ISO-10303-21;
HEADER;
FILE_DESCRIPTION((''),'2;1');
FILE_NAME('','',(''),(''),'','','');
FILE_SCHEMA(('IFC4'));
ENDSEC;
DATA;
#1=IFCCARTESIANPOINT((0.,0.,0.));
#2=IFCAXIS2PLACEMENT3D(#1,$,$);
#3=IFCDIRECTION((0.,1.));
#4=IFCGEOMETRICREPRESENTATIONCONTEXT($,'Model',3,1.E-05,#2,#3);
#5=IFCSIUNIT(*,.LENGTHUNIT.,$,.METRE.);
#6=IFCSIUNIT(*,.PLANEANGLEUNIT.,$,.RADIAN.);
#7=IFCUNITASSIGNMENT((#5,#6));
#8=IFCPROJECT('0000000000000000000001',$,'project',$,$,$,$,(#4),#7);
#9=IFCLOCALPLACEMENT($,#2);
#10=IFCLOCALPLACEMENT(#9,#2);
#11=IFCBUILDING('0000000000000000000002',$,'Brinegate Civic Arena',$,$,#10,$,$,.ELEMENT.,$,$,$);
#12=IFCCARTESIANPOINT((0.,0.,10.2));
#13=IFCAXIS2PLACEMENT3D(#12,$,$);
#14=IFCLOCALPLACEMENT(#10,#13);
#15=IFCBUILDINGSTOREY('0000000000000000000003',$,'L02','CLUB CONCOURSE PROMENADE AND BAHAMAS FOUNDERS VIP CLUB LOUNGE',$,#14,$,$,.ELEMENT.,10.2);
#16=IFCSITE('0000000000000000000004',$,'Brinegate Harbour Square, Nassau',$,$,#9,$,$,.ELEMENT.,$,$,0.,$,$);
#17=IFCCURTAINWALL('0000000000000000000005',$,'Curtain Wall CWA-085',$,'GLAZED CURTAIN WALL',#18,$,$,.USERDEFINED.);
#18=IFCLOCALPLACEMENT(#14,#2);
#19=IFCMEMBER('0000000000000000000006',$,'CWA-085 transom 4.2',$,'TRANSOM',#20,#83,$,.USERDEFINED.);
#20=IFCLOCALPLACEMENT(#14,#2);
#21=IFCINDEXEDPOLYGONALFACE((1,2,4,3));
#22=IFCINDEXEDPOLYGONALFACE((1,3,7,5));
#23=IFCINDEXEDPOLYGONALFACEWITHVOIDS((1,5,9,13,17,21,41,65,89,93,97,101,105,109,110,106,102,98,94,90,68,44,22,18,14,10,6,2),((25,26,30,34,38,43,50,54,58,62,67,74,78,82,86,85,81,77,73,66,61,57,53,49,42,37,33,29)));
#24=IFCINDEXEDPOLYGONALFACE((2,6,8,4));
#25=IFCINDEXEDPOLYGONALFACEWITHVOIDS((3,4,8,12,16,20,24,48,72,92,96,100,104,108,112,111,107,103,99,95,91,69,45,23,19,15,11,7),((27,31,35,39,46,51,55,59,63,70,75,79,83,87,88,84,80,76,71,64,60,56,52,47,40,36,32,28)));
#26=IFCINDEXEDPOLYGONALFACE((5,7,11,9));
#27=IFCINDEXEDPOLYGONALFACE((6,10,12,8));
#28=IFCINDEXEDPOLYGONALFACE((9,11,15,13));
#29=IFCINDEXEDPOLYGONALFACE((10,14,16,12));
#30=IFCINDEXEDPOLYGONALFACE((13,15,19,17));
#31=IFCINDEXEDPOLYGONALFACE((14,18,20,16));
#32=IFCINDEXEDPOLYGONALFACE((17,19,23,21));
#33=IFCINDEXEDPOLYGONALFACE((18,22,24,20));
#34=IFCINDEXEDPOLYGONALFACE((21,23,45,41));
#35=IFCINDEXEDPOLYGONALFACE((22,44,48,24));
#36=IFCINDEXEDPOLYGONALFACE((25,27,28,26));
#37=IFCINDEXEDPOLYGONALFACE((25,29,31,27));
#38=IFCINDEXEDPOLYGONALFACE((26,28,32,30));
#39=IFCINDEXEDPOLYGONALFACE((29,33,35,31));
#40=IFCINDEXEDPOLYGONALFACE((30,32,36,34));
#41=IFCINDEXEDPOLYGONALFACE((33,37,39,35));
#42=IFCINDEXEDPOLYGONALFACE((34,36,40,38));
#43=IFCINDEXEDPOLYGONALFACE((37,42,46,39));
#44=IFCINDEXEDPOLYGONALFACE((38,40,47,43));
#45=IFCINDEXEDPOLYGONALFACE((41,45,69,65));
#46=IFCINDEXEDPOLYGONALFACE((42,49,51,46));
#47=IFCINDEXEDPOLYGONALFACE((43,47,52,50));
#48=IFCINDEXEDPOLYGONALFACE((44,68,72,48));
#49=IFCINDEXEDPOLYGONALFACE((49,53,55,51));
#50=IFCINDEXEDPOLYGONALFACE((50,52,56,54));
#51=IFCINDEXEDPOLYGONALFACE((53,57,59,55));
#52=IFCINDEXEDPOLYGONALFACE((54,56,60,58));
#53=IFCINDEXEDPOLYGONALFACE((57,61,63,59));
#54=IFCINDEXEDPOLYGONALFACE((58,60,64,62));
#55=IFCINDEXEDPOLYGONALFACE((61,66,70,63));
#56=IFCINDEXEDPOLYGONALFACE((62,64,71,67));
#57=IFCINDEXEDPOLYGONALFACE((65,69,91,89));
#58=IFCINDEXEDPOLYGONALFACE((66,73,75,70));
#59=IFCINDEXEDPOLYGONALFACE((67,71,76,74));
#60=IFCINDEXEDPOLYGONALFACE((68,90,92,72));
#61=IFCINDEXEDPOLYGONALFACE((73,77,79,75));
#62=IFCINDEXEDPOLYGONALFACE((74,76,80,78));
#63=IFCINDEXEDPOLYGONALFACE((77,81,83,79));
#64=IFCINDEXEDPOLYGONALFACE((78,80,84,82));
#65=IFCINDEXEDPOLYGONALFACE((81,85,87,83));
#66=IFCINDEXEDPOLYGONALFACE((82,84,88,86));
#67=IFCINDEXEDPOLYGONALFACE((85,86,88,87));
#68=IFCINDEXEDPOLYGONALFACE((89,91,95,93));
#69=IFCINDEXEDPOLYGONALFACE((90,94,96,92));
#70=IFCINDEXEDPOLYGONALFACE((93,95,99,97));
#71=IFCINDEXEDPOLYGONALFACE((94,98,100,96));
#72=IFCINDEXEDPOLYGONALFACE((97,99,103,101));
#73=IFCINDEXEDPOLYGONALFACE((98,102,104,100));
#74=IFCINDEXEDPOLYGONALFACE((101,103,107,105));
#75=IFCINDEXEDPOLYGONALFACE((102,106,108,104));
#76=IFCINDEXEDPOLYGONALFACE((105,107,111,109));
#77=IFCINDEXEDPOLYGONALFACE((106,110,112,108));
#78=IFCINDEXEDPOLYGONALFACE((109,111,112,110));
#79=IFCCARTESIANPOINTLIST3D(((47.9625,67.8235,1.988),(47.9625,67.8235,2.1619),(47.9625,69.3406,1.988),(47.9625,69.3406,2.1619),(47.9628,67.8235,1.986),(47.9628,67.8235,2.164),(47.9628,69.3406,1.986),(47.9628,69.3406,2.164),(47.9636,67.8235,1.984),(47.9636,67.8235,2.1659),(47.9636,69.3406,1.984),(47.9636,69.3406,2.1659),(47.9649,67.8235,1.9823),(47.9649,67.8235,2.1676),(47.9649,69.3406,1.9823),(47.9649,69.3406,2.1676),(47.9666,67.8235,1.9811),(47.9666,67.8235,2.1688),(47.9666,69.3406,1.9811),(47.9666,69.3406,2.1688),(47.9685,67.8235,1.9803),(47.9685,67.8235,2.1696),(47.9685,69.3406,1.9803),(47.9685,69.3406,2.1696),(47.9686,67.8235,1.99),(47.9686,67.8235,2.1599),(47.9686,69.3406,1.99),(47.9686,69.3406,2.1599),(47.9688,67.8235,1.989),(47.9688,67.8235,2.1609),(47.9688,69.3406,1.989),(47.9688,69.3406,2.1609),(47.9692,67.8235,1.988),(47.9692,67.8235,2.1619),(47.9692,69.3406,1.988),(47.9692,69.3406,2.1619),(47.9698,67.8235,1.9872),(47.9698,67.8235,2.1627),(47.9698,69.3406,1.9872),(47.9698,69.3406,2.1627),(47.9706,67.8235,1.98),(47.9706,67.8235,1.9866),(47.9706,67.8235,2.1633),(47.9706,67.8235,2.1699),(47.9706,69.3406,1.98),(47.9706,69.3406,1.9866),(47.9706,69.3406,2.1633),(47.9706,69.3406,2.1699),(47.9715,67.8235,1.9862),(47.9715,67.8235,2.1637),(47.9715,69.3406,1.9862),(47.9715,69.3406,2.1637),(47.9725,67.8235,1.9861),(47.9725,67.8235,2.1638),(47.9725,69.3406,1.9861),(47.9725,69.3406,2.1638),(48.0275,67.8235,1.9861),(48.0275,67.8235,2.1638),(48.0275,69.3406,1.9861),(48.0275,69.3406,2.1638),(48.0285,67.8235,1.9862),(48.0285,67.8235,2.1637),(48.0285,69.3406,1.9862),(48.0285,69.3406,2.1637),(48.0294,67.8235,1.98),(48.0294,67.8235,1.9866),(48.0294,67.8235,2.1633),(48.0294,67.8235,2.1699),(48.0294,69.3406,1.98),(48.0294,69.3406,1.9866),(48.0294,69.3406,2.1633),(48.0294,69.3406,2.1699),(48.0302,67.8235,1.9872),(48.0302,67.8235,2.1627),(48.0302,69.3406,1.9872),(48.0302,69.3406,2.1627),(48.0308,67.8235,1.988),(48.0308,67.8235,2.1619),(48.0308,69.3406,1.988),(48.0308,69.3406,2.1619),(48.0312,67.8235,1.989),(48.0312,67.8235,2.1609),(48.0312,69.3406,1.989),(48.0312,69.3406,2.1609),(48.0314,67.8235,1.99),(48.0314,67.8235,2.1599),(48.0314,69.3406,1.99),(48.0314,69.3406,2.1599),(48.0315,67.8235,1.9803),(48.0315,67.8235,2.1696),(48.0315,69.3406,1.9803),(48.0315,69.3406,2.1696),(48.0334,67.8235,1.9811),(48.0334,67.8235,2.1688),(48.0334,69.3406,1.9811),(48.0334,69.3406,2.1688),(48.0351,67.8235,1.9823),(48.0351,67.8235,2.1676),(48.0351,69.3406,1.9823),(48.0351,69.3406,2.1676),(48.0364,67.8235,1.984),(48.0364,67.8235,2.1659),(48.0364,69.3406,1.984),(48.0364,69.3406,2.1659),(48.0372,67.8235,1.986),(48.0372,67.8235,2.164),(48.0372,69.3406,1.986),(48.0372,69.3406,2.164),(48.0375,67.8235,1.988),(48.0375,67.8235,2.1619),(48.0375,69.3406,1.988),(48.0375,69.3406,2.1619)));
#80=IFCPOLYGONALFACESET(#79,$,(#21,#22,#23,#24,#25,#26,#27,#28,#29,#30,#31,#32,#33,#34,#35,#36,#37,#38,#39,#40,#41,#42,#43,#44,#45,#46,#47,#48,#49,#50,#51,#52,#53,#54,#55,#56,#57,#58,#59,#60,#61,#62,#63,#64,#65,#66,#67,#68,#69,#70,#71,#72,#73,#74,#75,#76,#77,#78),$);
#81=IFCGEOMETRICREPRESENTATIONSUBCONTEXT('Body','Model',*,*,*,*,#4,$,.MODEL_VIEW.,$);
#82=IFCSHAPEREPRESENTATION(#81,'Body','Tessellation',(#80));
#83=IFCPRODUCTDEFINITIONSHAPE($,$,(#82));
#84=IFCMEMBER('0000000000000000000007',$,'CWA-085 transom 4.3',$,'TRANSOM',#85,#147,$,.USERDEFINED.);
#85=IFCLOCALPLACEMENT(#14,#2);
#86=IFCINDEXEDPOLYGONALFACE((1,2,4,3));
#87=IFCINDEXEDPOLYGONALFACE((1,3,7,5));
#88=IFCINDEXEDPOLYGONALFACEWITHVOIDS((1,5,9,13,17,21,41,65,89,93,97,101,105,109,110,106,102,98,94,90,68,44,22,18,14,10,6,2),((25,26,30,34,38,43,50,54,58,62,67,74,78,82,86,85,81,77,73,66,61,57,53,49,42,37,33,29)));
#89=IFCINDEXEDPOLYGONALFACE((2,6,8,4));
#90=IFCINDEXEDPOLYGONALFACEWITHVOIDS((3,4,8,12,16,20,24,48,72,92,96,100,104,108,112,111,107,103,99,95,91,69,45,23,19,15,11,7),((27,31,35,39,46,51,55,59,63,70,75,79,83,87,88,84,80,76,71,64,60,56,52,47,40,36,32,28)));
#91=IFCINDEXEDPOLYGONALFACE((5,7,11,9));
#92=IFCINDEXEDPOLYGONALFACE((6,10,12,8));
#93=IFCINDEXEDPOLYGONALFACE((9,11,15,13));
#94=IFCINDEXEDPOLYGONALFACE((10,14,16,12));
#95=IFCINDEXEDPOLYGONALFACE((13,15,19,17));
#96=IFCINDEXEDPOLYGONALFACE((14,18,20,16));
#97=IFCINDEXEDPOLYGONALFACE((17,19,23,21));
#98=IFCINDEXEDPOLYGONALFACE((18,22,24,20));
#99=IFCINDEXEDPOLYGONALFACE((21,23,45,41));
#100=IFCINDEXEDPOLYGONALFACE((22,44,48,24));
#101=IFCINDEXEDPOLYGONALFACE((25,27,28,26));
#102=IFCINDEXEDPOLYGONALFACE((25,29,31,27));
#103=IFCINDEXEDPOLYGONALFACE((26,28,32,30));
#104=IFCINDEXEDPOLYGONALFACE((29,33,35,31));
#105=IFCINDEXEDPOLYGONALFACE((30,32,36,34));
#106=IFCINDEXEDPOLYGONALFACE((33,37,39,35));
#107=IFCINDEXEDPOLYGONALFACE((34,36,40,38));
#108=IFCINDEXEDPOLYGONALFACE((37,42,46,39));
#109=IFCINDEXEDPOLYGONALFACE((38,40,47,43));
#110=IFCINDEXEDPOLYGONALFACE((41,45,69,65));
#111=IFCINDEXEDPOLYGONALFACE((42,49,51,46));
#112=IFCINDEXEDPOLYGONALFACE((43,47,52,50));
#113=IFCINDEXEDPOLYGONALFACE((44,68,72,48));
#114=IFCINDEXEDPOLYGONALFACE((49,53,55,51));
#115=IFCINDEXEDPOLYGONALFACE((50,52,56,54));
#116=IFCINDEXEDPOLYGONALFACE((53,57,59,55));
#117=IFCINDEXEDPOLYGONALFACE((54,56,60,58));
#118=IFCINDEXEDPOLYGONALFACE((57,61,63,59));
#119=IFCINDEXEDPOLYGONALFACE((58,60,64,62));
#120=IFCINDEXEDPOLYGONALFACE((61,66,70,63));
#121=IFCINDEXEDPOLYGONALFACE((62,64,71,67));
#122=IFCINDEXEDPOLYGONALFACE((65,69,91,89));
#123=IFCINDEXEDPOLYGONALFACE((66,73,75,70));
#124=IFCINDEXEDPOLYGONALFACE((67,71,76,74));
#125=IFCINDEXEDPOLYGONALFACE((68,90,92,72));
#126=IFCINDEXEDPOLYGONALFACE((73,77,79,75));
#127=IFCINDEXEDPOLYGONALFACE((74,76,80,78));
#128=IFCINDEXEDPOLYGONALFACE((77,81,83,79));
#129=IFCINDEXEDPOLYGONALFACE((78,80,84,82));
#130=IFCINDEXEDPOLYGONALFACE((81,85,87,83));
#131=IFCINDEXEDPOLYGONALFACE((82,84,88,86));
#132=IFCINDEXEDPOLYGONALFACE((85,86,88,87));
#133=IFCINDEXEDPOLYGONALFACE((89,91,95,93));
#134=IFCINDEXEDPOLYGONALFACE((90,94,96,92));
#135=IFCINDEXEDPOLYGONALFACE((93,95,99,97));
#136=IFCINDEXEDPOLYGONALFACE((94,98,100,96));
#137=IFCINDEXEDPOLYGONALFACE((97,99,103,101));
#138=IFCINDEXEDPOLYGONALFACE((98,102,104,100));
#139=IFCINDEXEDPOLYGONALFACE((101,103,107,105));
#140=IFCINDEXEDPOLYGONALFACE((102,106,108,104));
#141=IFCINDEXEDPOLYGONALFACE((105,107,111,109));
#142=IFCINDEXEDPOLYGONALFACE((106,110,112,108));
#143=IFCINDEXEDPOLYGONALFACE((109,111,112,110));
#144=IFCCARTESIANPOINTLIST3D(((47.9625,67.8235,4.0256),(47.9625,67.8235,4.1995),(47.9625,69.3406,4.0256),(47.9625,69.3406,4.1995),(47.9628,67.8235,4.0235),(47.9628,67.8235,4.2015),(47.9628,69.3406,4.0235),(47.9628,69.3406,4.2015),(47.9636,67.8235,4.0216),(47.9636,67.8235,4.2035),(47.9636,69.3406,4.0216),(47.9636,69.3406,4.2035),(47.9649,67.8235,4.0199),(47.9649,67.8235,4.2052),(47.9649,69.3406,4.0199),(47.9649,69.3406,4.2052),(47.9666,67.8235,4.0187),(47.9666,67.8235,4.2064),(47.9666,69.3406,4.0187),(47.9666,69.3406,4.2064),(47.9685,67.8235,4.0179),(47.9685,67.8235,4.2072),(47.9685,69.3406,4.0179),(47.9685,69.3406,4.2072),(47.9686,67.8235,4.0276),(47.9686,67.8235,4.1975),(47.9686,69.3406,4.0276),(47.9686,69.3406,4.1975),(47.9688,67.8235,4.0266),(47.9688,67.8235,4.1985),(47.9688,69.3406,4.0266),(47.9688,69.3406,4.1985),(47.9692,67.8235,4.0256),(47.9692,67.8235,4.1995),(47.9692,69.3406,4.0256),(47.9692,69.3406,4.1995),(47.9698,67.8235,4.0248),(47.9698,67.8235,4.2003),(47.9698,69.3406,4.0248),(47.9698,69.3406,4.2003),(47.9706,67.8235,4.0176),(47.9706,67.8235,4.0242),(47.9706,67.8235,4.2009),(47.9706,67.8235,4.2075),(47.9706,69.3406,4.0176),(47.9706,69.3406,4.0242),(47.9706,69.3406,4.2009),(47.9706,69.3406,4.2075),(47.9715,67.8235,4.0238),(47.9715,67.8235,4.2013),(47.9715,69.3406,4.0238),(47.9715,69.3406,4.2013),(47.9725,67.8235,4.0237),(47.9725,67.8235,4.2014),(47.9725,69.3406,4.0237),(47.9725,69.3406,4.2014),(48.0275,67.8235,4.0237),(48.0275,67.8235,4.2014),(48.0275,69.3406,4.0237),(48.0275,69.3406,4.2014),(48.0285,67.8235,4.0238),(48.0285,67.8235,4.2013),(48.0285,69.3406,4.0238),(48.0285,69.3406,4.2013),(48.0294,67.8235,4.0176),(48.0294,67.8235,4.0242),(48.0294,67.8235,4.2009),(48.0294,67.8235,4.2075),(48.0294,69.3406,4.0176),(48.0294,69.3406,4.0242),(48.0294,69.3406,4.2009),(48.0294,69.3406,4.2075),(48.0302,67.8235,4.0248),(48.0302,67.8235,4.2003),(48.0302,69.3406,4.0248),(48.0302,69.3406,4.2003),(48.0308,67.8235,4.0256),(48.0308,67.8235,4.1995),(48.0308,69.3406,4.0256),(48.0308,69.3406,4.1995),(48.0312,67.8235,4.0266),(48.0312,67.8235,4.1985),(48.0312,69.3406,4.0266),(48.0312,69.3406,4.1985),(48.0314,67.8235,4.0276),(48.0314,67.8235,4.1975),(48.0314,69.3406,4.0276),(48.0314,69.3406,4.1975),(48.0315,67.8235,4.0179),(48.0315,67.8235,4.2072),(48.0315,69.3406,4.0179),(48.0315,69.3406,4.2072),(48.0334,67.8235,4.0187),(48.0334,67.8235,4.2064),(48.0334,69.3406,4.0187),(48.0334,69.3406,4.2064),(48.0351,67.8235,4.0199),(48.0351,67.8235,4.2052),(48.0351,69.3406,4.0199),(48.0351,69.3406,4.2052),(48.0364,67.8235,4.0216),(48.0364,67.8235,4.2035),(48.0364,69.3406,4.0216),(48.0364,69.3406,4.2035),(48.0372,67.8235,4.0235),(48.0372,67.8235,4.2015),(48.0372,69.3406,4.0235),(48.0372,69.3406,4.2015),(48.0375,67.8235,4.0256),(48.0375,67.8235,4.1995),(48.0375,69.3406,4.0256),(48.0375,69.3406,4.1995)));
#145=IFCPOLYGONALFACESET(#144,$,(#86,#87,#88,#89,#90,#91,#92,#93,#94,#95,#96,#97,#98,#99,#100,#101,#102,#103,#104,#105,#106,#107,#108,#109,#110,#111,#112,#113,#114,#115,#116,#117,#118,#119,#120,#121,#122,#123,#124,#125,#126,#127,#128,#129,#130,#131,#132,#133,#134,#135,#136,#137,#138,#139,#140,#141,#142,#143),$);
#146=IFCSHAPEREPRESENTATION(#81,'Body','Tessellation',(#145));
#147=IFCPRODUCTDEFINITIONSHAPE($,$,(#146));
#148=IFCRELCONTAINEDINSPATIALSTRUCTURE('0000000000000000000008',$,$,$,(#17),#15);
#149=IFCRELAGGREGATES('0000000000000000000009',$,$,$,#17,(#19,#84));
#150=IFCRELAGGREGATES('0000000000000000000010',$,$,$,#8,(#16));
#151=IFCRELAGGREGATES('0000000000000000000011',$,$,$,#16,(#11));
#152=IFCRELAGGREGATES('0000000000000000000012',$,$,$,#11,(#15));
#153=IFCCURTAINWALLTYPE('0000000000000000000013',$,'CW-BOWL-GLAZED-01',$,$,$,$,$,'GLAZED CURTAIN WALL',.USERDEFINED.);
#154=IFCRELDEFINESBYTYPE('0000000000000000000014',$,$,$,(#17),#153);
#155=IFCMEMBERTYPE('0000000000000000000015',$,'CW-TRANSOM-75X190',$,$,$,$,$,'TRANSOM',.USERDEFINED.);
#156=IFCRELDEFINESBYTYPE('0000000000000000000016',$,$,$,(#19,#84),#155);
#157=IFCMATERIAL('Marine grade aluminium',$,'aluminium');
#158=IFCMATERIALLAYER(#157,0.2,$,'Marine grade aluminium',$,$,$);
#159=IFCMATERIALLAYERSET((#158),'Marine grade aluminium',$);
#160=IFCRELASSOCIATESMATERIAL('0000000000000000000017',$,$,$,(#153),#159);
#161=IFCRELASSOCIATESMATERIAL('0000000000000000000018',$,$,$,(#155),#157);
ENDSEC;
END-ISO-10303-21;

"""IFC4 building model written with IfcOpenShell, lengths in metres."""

from ifc_helpers import new_model, si_unit, direction, frame, origin, origin_2d, place, context, subcontext, project, spatial, hollow_rectangle, extrude, material, layer, layer_set, material_profile, profile_set, type_object, element, aggregate, save


model = new_model("IFC4")

# Units and contexts
model_context = context("Model", 3, precision=1e-05, world=origin(), true_north=direction((0.0, 1.0)))
body_context = subcontext(model_context, "Body", "Model", "MODEL_VIEW")
ifc_project = project(units=[si_unit("LENGTHUNIT", "METRE"), si_unit("PLANEANGLEUNIT", "RADIAN")], contexts=[model_context])

# Site, building, storey
site_placement = place(None, origin())
site = spatial("IfcSite", under=ifc_project, at=site_placement, Name="Brinegate Harbour Square, Nassau", CompositionType="ELEMENT", RefElevation=0.0)
building_placement = place(site_placement, origin())
building = spatial("IfcBuilding", under=site, at=building_placement, Name="Brinegate Civic Arena", CompositionType="ELEMENT")
storey_placement = place(building_placement, frame((0.0, 0.0, 10.2)))
storey = spatial("IfcBuildingStorey", under=building, at=storey_placement, Name="L02", Description="CLUB CONCOURSE PROMENADE AND BAHAMAS FOUNDERS VIP CLUB LOUNGE", CompositionType="ELEMENT", Elevation=10.2)

# Curtain wall
ifc_material_1 = material(Name="Marine grade aluminium", Category="aluminium")
ifc_layer_1 = layer(ifc_material_1, 0.2, Name="Marine grade aluminium")
ifc_layer_set_1 = layer_set([ifc_layer_1], Name="Marine grade aluminium")
curtain_wall_type = type_object("IfcCurtainWallType", Name="CW-BOWL-GLAZED-01", ElementType="GLAZED CURTAIN WALL", PredefinedType="USERDEFINED", material=ifc_layer_set_1)
curtain_wall_1_placement = place(storey_placement, origin())
curtain_wall_1 = element("IfcCurtainWall", 1, at=curtain_wall_1_placement, inside=storey, type_object=curtain_wall_type, Name="Curtain Wall CWA-085", ObjectType="GLAZED CURTAIN WALL", PredefinedType="USERDEFINED")

# Members
ifc_material_profile_1 = material_profile(ifc_material_1, hollow_rectangle(XDim=0.075, YDim=0.1899, WallThickness=0.0061, InnerFilletRadius=0.0039, OuterFilletRadius=0.0081, at=origin_2d()), Name="TRN75X190")
ifc_profile_set_1 = profile_set([ifc_material_profile_1], Name="Marine grade aluminium")
member_type_1 = type_object("IfcMemberType", Name="CW-TRANSOM-75X190", ElementType="TRANSOM", PredefinedType="USERDEFINED", material=ifc_profile_set_1)
member_1_placement = place(storey_placement, frame((48.0, 67.8235, 2.075), z_axis=(0.0, 1.0, 0.0), x_axis=(-1.0, 0.0, 0.0)))
member_1 = element("IfcMember", 2, at=member_1_placement, type_object=member_type_1, Name="CWA-085 transom 4.2", ObjectType="TRANSOM", PredefinedType="USERDEFINED", context=body_context, shape_type="SweptSolid", body=[
    extrude(hollow_rectangle(XDim=0.075, YDim=0.1899, WallThickness=0.0061, InnerFilletRadius=0.0039, OuterFilletRadius=0.0081, at=origin_2d()), origin(), (0.0, 0.0, 1.0), 1.5171),
])
member_2_placement = place(storey_placement, frame((48.0, 67.8235, 4.1125), z_axis=(0.0, 1.0, 0.0), x_axis=(-1.0, 0.0, 0.0)))
member_2 = element("IfcMember", 3, at=member_2_placement, type_object=member_type_1, Name="CWA-085 transom 4.3", ObjectType="TRANSOM", PredefinedType="USERDEFINED", context=body_context, shape_type="SweptSolid", body=[
    extrude(hollow_rectangle(XDim=0.075, YDim=0.1899, WallThickness=0.0061, InnerFilletRadius=0.0039, OuterFilletRadius=0.0081, at=origin_2d()), origin(), (0.0, 0.0, 1.0), 1.5171),
])

aggregate(curtain_wall_1, [member_1, member_2])

save(model, "model.ifc")
